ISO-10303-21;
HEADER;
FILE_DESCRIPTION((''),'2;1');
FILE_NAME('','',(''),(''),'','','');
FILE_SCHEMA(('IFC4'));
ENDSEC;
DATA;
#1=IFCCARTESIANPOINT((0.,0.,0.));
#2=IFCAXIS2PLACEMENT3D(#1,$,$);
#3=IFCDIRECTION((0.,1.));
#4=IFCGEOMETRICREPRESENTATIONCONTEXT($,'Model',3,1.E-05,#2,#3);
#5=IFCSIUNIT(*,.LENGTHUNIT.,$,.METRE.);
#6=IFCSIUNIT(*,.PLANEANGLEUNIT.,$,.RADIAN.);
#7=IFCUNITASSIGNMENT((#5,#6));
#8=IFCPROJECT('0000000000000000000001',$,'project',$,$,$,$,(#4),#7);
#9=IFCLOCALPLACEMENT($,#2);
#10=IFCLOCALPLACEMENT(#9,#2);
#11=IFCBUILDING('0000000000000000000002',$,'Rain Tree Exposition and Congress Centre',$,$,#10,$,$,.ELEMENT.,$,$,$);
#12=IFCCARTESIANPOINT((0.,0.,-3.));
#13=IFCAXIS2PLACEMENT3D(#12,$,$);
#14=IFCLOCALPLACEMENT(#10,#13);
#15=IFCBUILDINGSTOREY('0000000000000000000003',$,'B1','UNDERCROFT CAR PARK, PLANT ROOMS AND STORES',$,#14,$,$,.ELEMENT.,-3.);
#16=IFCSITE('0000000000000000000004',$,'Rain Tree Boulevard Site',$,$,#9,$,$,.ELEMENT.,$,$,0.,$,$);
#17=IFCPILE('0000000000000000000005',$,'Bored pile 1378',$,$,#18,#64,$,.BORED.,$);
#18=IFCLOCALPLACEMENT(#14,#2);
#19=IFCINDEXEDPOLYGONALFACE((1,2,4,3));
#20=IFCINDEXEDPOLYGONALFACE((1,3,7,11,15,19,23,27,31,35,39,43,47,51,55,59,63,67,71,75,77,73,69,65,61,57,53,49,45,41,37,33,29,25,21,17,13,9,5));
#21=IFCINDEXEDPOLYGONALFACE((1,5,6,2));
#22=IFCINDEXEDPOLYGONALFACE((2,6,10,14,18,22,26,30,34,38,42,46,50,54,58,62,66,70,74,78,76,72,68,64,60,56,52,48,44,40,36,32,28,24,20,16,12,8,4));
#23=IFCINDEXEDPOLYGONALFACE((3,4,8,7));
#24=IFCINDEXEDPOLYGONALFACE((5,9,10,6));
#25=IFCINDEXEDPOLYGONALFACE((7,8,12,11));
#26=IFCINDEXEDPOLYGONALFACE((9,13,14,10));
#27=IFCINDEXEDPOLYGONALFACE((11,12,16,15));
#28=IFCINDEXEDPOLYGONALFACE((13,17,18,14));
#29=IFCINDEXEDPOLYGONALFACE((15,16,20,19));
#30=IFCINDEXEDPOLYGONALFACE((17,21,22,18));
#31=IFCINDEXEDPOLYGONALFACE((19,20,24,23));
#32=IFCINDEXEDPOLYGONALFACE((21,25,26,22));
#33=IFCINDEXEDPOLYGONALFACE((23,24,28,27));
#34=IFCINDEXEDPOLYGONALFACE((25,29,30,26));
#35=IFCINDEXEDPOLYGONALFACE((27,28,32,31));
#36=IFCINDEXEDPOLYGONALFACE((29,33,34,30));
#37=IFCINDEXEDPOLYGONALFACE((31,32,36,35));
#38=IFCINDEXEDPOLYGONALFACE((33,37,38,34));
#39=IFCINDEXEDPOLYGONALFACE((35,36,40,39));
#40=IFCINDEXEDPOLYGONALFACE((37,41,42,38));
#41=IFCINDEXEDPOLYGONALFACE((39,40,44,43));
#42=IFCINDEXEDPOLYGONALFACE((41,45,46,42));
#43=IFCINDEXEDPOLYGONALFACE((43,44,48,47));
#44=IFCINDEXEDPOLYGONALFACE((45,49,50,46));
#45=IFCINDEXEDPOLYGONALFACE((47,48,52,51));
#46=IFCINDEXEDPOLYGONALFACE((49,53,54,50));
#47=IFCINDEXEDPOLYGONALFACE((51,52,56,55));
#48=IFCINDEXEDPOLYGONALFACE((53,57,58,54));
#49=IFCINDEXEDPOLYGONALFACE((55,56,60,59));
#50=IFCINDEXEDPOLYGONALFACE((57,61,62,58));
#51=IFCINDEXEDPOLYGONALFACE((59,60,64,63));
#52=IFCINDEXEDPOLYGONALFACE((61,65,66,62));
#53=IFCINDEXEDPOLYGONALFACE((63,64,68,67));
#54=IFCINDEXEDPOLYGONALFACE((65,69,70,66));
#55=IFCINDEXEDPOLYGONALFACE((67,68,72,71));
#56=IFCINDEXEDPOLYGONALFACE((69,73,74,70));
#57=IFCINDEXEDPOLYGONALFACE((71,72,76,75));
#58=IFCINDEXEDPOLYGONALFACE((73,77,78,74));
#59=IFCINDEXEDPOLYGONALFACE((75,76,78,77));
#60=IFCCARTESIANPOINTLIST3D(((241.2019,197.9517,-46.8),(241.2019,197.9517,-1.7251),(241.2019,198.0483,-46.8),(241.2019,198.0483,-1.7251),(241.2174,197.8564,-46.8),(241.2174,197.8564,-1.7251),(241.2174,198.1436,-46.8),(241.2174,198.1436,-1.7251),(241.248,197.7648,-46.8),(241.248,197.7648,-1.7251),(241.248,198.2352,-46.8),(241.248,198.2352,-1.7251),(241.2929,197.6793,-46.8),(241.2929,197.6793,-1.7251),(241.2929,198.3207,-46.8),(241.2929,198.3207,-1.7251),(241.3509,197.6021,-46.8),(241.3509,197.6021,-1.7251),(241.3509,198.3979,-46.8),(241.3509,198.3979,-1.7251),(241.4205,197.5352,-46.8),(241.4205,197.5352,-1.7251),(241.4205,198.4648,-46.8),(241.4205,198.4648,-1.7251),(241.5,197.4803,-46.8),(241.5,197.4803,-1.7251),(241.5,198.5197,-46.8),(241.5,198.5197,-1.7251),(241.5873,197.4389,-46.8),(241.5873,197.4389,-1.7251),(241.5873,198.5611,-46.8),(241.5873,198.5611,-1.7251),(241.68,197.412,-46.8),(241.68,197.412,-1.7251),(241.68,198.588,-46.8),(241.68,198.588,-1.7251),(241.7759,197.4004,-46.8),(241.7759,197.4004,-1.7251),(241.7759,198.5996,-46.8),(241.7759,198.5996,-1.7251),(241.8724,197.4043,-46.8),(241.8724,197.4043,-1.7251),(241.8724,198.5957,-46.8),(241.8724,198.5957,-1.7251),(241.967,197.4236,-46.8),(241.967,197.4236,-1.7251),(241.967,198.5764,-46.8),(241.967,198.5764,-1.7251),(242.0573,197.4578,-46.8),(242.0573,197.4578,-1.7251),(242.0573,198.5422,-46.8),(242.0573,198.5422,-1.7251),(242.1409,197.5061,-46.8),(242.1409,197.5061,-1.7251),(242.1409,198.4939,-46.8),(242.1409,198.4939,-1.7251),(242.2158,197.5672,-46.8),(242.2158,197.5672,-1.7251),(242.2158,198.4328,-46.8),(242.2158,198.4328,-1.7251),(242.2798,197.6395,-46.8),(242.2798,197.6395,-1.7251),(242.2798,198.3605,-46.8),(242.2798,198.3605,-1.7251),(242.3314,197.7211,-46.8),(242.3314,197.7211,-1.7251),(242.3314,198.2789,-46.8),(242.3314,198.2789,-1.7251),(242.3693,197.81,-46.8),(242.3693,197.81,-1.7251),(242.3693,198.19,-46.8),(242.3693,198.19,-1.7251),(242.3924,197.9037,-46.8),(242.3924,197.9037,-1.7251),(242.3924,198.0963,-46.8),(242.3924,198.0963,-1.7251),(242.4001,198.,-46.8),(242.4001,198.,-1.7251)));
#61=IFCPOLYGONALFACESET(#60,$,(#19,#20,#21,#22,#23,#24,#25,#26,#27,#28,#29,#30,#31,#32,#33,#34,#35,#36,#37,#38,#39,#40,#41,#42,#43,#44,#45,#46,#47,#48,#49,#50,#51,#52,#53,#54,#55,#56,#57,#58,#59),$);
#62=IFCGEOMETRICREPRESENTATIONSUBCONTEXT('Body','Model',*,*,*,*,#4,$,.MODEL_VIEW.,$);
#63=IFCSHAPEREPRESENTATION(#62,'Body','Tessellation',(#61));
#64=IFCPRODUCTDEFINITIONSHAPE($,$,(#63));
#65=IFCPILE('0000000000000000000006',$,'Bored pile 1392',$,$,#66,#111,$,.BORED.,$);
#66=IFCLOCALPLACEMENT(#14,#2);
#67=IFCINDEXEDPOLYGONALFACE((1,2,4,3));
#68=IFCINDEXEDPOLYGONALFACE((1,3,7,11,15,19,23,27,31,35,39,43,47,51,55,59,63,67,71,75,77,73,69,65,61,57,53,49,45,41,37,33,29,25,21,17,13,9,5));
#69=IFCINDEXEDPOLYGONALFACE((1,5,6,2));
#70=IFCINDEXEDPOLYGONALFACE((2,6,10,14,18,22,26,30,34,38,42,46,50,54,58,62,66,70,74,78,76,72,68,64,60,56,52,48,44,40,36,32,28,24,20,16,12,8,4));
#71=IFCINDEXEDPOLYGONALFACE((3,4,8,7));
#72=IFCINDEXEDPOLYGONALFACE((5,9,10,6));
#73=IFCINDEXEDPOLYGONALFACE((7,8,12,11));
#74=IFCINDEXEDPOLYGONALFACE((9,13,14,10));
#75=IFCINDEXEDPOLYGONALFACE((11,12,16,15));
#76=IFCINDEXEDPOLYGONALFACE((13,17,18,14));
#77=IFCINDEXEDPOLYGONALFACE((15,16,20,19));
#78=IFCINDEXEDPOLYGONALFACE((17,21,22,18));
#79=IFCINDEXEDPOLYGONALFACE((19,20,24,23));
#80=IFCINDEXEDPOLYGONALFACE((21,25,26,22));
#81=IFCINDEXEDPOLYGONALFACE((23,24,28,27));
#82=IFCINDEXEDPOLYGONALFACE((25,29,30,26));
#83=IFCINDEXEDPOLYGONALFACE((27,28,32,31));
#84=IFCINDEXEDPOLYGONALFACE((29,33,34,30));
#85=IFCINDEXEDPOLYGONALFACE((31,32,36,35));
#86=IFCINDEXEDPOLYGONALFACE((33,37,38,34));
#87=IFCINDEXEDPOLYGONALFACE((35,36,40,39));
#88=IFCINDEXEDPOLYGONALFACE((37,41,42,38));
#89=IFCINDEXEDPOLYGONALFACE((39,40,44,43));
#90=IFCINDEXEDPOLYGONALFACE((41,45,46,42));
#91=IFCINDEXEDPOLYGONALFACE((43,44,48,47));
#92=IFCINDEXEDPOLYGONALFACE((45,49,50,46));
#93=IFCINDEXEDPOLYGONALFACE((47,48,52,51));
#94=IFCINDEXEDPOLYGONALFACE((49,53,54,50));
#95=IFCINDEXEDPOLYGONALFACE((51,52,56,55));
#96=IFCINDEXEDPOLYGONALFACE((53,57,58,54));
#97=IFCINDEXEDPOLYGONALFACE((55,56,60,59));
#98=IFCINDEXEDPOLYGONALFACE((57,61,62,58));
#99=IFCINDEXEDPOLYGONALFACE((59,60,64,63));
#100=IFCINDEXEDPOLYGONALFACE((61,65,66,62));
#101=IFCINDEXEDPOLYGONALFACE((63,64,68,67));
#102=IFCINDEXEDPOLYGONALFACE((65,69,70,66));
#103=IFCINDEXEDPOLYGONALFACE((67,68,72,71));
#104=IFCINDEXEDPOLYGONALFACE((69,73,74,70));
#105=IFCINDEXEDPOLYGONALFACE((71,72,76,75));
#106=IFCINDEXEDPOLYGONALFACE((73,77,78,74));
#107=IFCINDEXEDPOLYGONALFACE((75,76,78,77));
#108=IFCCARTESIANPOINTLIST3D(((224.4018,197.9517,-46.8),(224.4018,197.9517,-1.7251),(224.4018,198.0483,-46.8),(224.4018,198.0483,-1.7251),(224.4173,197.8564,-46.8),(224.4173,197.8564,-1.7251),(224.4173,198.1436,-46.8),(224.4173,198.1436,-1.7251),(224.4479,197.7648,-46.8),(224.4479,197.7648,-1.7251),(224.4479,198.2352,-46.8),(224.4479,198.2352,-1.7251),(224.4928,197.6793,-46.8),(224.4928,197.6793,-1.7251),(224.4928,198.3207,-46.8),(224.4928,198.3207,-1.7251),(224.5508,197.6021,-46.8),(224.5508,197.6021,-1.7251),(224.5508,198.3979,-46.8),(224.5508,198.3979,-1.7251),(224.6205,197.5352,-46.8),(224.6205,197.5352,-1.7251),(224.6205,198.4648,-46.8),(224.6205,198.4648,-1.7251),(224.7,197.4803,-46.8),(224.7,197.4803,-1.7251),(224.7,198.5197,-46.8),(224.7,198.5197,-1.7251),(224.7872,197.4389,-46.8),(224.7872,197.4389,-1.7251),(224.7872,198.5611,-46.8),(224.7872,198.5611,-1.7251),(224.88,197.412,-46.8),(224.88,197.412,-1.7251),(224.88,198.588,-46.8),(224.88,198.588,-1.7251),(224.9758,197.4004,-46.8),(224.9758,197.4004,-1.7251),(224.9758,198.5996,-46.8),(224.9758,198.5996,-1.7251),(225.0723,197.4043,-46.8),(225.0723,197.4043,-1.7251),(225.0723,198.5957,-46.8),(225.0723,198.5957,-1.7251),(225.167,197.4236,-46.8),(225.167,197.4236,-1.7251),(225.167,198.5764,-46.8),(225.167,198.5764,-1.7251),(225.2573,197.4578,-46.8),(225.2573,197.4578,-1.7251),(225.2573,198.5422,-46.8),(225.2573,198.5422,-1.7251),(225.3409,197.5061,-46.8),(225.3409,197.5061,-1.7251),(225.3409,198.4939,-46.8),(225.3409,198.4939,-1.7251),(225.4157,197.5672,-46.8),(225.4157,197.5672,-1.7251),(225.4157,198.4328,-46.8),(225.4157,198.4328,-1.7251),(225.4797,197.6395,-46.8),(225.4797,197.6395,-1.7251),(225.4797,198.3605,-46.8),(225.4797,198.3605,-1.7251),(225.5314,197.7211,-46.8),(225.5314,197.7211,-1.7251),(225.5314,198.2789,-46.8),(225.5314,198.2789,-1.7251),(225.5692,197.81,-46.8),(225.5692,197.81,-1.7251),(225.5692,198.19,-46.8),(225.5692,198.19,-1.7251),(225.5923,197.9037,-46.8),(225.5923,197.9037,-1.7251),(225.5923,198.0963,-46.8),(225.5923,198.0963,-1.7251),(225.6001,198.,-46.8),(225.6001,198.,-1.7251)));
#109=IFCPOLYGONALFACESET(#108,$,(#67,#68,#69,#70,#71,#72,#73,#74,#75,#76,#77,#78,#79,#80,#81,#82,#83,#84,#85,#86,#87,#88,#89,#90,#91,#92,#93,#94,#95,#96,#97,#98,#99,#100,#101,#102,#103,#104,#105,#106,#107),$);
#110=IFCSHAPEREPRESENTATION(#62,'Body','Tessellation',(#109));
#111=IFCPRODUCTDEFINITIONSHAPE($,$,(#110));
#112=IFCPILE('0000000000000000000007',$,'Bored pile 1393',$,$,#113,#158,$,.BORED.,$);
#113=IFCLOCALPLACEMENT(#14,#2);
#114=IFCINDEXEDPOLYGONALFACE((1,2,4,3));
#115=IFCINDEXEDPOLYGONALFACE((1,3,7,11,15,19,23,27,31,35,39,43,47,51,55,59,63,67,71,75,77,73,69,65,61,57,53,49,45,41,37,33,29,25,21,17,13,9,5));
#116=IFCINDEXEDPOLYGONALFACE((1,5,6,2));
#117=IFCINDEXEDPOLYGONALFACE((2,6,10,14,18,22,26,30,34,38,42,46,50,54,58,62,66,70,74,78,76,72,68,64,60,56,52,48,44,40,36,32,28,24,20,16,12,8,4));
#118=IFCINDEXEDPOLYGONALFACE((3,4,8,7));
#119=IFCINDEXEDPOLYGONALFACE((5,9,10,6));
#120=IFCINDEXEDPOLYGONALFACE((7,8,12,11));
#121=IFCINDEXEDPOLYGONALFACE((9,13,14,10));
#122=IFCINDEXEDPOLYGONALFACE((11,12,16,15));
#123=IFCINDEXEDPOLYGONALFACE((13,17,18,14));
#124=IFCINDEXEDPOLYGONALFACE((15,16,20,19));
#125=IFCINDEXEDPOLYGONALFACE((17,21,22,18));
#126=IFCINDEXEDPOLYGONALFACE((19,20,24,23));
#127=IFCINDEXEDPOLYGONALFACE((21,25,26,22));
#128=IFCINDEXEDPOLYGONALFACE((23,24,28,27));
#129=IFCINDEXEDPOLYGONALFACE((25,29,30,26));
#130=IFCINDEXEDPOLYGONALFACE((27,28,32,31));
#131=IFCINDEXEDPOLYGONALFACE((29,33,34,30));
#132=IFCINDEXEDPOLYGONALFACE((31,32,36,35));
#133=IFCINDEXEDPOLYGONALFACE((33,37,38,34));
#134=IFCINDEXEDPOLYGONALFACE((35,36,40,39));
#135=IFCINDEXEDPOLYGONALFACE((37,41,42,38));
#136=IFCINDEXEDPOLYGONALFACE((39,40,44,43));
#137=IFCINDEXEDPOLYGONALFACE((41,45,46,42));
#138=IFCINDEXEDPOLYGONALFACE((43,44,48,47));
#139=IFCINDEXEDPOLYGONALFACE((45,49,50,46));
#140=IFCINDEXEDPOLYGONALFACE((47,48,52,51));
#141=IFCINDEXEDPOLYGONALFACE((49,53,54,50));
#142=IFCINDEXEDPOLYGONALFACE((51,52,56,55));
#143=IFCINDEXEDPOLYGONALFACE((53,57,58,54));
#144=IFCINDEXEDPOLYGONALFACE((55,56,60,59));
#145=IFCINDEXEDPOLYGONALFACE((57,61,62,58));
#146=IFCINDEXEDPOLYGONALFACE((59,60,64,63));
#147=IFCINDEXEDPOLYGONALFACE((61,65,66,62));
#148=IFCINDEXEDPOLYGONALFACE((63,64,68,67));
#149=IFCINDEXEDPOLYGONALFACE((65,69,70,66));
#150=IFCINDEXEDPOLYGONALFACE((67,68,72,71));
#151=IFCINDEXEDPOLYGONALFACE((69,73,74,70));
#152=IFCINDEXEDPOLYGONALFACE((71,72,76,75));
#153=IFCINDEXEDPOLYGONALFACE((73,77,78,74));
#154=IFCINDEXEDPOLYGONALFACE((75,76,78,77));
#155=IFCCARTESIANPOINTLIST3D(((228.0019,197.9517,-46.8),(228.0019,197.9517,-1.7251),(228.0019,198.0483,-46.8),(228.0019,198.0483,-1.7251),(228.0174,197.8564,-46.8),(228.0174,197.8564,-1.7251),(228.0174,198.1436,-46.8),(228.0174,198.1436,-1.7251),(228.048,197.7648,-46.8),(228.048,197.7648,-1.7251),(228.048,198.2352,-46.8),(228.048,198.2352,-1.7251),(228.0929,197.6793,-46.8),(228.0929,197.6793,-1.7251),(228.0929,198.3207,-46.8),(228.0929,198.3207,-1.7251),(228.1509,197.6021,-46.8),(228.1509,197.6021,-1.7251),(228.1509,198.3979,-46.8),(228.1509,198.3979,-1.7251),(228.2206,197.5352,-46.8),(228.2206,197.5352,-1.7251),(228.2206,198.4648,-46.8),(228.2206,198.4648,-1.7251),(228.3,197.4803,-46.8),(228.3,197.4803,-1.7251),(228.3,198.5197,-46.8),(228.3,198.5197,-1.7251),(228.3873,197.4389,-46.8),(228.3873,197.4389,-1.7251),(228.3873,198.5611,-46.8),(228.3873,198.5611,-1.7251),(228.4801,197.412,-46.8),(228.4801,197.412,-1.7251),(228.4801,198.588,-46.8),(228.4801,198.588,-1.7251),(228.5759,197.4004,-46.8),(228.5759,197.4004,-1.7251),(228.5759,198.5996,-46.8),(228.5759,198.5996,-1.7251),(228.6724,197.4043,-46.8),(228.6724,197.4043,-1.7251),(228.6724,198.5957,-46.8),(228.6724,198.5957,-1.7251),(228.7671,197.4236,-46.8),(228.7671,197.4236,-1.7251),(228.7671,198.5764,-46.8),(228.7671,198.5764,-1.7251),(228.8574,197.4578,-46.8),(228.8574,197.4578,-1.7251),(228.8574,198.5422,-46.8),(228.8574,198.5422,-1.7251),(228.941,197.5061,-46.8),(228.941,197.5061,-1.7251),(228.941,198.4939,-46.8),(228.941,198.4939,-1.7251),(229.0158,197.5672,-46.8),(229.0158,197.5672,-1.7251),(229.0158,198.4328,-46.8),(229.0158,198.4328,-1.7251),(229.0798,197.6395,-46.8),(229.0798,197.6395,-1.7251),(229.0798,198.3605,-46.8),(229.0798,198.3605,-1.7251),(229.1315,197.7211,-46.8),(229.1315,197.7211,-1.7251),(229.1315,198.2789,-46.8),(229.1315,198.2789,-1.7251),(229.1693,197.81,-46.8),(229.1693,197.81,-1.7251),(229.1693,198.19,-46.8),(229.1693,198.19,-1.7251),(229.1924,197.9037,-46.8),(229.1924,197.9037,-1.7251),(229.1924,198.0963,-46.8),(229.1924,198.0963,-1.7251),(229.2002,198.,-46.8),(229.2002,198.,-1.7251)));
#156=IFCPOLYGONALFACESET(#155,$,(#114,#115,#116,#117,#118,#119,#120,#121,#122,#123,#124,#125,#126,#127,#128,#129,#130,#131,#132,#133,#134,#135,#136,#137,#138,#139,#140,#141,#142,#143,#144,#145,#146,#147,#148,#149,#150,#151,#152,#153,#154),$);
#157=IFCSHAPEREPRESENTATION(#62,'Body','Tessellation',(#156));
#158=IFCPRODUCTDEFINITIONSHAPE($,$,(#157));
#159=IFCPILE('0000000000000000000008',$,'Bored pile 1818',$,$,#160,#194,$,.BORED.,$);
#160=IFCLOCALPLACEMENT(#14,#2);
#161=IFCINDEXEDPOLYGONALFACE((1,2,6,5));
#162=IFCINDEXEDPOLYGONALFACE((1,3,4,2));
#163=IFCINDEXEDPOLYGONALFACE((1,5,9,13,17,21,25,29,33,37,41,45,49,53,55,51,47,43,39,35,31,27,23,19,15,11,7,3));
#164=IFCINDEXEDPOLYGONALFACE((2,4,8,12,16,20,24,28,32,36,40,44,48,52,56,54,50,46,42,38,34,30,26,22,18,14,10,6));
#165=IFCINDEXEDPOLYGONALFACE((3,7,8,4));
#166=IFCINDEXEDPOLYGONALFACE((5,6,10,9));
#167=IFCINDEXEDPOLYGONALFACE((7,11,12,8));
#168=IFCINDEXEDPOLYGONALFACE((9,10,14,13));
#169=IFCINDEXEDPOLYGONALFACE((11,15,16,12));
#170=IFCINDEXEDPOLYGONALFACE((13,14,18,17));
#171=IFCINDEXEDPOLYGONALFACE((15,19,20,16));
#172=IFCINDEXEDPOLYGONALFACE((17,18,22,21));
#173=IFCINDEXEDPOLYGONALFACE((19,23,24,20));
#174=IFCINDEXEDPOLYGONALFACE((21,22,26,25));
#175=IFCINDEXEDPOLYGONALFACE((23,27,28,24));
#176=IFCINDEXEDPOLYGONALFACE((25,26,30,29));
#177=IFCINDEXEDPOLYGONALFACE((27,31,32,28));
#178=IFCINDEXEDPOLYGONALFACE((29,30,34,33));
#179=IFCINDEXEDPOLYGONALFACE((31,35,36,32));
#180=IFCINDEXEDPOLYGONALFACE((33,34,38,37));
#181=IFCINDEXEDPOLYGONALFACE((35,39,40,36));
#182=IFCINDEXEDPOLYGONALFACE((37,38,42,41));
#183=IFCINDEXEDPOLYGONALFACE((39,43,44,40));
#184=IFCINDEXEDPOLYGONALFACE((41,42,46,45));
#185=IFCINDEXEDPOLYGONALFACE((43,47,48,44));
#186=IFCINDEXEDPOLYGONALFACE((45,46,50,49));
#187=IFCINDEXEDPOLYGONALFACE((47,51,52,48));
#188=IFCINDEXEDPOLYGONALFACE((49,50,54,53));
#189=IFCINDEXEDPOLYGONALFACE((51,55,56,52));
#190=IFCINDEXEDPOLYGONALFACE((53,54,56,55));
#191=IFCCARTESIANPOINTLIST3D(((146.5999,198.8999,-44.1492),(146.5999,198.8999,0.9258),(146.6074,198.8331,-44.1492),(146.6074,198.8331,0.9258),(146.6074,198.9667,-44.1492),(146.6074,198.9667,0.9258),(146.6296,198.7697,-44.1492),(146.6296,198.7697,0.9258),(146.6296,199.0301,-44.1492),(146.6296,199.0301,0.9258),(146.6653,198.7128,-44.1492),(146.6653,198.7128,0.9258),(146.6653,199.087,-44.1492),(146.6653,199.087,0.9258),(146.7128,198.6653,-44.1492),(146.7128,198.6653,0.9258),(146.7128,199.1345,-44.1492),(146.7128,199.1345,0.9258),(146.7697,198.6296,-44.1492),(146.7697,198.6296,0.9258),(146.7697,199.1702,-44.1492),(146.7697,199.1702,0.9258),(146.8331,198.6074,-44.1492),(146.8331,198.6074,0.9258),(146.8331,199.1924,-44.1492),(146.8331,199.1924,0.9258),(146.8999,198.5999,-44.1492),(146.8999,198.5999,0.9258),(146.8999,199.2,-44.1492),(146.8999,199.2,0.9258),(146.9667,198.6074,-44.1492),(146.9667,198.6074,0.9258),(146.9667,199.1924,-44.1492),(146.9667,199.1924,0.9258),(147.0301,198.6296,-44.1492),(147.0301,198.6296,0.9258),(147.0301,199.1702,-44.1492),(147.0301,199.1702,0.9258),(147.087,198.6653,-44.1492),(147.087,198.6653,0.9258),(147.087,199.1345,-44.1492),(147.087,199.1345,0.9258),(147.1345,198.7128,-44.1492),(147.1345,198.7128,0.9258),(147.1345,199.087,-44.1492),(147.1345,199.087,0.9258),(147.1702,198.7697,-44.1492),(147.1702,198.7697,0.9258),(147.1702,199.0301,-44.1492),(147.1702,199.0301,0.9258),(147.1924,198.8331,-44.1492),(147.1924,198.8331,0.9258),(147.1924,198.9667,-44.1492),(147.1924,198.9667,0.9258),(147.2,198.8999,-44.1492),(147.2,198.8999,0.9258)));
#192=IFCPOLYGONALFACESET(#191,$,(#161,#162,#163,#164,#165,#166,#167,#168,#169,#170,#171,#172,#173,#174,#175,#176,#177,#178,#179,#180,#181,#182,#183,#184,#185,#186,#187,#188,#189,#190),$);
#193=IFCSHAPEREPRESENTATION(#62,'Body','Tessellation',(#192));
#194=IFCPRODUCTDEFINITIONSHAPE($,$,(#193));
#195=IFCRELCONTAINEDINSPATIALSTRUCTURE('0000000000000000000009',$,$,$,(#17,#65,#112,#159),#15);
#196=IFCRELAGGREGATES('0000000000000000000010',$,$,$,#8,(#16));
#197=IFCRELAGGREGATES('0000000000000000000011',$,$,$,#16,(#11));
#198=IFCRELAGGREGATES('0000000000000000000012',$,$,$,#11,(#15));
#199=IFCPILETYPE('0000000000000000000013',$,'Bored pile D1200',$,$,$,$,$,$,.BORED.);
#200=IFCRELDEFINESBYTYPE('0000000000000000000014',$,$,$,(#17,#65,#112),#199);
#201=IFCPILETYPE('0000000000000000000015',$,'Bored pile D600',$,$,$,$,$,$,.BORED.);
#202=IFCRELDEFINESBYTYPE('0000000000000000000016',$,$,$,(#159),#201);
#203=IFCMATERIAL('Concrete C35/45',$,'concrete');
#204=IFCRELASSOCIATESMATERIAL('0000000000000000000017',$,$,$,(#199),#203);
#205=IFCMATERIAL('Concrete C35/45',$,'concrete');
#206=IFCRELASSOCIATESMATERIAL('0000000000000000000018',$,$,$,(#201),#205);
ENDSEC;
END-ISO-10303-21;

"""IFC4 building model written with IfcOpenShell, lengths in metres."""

from ifc_helpers import new_model, si_unit, direction, frame, origin, origin_2d, place, context, subcontext, project, spatial, circle, extrude, material, material_profile, profile_set, type_object, element, save


model = new_model("IFC4")

# Units and contexts
model_context = context("Model", 3, precision=1e-05, world=origin(), true_north=direction((0.0, 1.0)))
body_context = subcontext(model_context, "Body", "Model", "MODEL_VIEW")
ifc_project = project(units=[si_unit("LENGTHUNIT", "METRE"), si_unit("PLANEANGLEUNIT", "RADIAN")], contexts=[model_context])

# Site, building, storey
site_placement = place(None, origin())
site = spatial("IfcSite", under=ifc_project, at=site_placement, Name="Rain Tree Boulevard Site", CompositionType="ELEMENT", RefElevation=0.0)
building_placement = place(site_placement, origin())
building = spatial("IfcBuilding", under=site, at=building_placement, Name="Rain Tree Exposition and Congress Centre", CompositionType="ELEMENT")
storey_placement = place(building_placement, frame((0.0, 0.0, -3.0)))
storey = spatial("IfcBuildingStorey", under=building, at=storey_placement, Name="B1", Description="UNDERCROFT CAR PARK, PLANT ROOMS AND STORES", CompositionType="ELEMENT", Elevation=-3.0)

# Piles
ifc_material_1 = material(Name="Concrete C35/45", Category="concrete")
ifc_material_profile_1 = material_profile(ifc_material_1, circle(Radius=0.6001, at=origin_2d()), Name="D1200")
ifc_profile_set_1 = profile_set([ifc_material_profile_1], Name="Concrete C35/45")
pile_type_1 = type_object("IfcPileType", Name="Bored pile D1200", PredefinedType="BORED", material=ifc_profile_set_1)
for number, where, z_axis, x_axis, name in (
    (1, (241.8, 198.0, -1.7251), (0.0, 0.0, -1.0), (1.0, 0.0, 0.0), "Bored pile 1378"),
    (2, (225.0, 198.0, -1.7251), (0.0, 0.0, -1.0), (1.0, 0.0, 0.0), "Bored pile 1392"),
    (3, (228.6001, 198.0, -1.7251), (0.0, 0.0, -1.0), (1.0, 0.0, 0.0), "Bored pile 1393"),
):
    element("IfcPile", number, at=place(storey_placement, frame(where, z_axis=z_axis, x_axis=x_axis)), inside=storey, type_object=pile_type_1, Name=name, PredefinedType="BORED", context=body_context, shape_type="SweptSolid", body=[
        extrude(circle(Radius=0.6001, at=origin_2d()), origin(), (0.0, 0.0, 1.0), 45.075),
    ])
ifc_material_2 = material(Name="Concrete C35/45", Category="concrete")
ifc_material_profile_2 = material_profile(ifc_material_2, circle(Radius=0.3, at=origin_2d()), Name="D600")
ifc_profile_set_2 = profile_set([ifc_material_profile_2], Name="Concrete C35/45")
pile_type_2 = type_object("IfcPileType", Name="Bored pile D600", PredefinedType="BORED", material=ifc_profile_set_2)
for number, where, z_axis, x_axis, name in (
    (4, (146.8999, 198.8999, 0.9258), (0.0, 0.0, -1.0), (1.0, 0.0, 0.0), "Bored pile 1818"),
):
    element("IfcPile", number, at=place(storey_placement, frame(where, z_axis=z_axis, x_axis=x_axis)), inside=storey, type_object=pile_type_2, Name=name, PredefinedType="BORED", context=body_context, shape_type="SweptSolid", body=[
        extrude(circle(Radius=0.3, at=origin_2d()), origin(), (0.0, 0.0, 1.0), 45.075),
    ])

save(model, "model.ifc")
